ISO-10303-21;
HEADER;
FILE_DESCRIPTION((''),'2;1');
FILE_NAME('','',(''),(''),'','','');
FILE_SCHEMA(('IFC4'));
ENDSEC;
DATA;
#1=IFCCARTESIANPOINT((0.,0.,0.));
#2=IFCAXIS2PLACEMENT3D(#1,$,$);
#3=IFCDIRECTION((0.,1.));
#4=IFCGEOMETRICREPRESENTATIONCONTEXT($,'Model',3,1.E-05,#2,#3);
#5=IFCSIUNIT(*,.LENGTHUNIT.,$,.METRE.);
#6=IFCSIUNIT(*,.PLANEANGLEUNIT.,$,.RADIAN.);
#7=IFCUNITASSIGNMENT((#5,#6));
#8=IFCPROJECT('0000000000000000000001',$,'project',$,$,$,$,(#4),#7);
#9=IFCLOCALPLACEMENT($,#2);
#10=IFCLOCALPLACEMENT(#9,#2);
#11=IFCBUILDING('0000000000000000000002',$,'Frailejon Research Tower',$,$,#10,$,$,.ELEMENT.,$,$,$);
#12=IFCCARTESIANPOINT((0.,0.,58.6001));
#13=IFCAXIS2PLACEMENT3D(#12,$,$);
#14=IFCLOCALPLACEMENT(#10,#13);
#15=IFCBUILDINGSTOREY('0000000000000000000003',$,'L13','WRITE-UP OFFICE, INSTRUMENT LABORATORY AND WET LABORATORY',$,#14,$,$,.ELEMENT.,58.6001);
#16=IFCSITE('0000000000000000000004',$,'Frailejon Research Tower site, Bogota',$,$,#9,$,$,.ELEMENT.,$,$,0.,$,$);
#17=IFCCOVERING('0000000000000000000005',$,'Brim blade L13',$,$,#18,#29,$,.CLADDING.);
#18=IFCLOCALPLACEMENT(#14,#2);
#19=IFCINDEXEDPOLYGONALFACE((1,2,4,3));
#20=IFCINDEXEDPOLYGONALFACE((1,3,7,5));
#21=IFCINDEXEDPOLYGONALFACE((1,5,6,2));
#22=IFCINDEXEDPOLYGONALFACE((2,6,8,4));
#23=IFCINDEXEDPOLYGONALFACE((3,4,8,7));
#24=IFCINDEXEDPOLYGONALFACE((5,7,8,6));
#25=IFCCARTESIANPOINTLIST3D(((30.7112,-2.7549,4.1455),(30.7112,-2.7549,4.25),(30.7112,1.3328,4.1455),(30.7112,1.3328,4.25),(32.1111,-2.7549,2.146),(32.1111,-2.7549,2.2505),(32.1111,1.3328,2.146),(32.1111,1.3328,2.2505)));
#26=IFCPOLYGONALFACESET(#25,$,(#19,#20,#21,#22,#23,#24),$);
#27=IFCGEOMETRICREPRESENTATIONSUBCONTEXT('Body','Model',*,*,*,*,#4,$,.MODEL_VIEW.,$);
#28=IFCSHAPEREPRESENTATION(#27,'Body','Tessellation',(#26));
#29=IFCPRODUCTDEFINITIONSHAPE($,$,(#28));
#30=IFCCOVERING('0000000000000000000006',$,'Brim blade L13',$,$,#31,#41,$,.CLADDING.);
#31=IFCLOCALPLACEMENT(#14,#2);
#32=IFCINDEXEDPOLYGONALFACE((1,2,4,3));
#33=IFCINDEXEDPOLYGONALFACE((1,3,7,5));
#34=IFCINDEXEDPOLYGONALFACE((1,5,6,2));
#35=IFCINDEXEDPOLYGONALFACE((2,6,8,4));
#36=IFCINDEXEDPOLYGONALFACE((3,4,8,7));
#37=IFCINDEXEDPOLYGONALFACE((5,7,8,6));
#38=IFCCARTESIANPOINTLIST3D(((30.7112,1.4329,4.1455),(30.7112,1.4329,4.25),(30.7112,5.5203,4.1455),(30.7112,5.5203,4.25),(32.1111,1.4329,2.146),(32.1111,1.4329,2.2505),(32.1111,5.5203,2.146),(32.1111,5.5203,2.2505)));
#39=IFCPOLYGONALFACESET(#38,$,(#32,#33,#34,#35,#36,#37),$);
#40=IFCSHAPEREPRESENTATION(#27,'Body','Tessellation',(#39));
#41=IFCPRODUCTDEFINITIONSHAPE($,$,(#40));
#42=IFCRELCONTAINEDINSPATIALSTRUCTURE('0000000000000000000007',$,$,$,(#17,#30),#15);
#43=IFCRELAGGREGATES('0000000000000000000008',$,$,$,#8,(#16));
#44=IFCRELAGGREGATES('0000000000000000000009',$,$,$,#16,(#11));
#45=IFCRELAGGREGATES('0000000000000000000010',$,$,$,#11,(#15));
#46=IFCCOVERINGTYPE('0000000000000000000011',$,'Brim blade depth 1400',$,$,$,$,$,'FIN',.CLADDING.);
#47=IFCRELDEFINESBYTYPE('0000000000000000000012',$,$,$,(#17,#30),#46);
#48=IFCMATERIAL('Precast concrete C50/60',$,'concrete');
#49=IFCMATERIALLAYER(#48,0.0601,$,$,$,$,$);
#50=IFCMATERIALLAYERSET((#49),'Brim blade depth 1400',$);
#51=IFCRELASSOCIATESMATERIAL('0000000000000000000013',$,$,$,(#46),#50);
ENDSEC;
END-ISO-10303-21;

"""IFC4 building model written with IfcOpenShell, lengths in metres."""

from ifc_helpers import new_model, si_unit, direction, frame, origin, place, context, subcontext, project, spatial, polyline, outline, extrude, material, layer, layer_set, type_object, element, save


model = new_model("IFC4")

# Units and contexts
model_context = context("Model", 3, precision=1e-05, world=origin(), true_north=direction((0.0, 1.0)))
body_context = subcontext(model_context, "Body", "Model", "MODEL_VIEW")
ifc_project = project(units=[si_unit("LENGTHUNIT", "METRE"), si_unit("PLANEANGLEUNIT", "RADIAN")], contexts=[model_context])

# Site, building, storey
site_placement = place(None, origin())
site = spatial("IfcSite", under=ifc_project, at=site_placement, Name="Frailejon Research Tower site, Bogota", CompositionType="ELEMENT", RefElevation=0.0)
building_placement = place(site_placement, origin())
building = spatial("IfcBuilding", under=site, at=building_placement, Name="Frailejon Research Tower", CompositionType="ELEMENT")
storey_placement = place(building_placement, frame((0.0, 0.0, 58.6001)))
storey = spatial("IfcBuildingStorey", under=building, at=storey_placement, Name="L13", Description="WRITE-UP OFFICE, INSTRUMENT LABORATORY AND WET LABORATORY", CompositionType="ELEMENT", Elevation=58.6001)

# Coverings
ifc_material_1 = material(Name="Precast concrete C50/60", Category="concrete")
ifc_layer_1 = layer(ifc_material_1, 0.0601)
ifc_layer_set_1 = layer_set([ifc_layer_1], Name="Brim blade depth 1400")
covering_type_1 = type_object("IfcCoveringType", Name="Brim blade depth 1400", ElementType="FIN", PredefinedType="CLADDING", material=ifc_layer_set_1)
covering_1_placement = place(storey_placement, frame((30.7112, 1.3328, 4.25), z_axis=(0.0, -1.0, 0.0), x_axis=(1.0, 0.0, 0.0)))
element("IfcCovering", 1, at=covering_1_placement, inside=storey, type_object=covering_type_1, Name="Brim blade L13", PredefinedType="CLADDING", context=body_context, shape_type="SweptSolid", body=[
    extrude(outline(polyline([(0.0, -0.1045), (1.3999, -2.104), (1.3999, -1.9995), (0.0, 0.0), (0.0, -0.1045)])), origin(), (0.0, 0.0, 1.0), 4.0876),
])
covering_2_placement = place(storey_placement, frame((30.7112, 5.5203, 4.25), z_axis=(0.0, -1.0, 0.0), x_axis=(1.0, 0.0, 0.0)))
element("IfcCovering", 2, at=covering_2_placement, inside=storey, type_object=covering_type_1, Name="Brim blade L13", PredefinedType="CLADDING", context=body_context, shape_type="SweptSolid", body=[
    extrude(outline(polyline([(0.0, -0.1045), (1.3999, -2.104), (1.3999, -1.9995), (0.0, 0.0), (0.0, -0.1045)])), origin(), (0.0, 0.0, 1.0), 4.0874),
])

save(model, "model.ifc")
